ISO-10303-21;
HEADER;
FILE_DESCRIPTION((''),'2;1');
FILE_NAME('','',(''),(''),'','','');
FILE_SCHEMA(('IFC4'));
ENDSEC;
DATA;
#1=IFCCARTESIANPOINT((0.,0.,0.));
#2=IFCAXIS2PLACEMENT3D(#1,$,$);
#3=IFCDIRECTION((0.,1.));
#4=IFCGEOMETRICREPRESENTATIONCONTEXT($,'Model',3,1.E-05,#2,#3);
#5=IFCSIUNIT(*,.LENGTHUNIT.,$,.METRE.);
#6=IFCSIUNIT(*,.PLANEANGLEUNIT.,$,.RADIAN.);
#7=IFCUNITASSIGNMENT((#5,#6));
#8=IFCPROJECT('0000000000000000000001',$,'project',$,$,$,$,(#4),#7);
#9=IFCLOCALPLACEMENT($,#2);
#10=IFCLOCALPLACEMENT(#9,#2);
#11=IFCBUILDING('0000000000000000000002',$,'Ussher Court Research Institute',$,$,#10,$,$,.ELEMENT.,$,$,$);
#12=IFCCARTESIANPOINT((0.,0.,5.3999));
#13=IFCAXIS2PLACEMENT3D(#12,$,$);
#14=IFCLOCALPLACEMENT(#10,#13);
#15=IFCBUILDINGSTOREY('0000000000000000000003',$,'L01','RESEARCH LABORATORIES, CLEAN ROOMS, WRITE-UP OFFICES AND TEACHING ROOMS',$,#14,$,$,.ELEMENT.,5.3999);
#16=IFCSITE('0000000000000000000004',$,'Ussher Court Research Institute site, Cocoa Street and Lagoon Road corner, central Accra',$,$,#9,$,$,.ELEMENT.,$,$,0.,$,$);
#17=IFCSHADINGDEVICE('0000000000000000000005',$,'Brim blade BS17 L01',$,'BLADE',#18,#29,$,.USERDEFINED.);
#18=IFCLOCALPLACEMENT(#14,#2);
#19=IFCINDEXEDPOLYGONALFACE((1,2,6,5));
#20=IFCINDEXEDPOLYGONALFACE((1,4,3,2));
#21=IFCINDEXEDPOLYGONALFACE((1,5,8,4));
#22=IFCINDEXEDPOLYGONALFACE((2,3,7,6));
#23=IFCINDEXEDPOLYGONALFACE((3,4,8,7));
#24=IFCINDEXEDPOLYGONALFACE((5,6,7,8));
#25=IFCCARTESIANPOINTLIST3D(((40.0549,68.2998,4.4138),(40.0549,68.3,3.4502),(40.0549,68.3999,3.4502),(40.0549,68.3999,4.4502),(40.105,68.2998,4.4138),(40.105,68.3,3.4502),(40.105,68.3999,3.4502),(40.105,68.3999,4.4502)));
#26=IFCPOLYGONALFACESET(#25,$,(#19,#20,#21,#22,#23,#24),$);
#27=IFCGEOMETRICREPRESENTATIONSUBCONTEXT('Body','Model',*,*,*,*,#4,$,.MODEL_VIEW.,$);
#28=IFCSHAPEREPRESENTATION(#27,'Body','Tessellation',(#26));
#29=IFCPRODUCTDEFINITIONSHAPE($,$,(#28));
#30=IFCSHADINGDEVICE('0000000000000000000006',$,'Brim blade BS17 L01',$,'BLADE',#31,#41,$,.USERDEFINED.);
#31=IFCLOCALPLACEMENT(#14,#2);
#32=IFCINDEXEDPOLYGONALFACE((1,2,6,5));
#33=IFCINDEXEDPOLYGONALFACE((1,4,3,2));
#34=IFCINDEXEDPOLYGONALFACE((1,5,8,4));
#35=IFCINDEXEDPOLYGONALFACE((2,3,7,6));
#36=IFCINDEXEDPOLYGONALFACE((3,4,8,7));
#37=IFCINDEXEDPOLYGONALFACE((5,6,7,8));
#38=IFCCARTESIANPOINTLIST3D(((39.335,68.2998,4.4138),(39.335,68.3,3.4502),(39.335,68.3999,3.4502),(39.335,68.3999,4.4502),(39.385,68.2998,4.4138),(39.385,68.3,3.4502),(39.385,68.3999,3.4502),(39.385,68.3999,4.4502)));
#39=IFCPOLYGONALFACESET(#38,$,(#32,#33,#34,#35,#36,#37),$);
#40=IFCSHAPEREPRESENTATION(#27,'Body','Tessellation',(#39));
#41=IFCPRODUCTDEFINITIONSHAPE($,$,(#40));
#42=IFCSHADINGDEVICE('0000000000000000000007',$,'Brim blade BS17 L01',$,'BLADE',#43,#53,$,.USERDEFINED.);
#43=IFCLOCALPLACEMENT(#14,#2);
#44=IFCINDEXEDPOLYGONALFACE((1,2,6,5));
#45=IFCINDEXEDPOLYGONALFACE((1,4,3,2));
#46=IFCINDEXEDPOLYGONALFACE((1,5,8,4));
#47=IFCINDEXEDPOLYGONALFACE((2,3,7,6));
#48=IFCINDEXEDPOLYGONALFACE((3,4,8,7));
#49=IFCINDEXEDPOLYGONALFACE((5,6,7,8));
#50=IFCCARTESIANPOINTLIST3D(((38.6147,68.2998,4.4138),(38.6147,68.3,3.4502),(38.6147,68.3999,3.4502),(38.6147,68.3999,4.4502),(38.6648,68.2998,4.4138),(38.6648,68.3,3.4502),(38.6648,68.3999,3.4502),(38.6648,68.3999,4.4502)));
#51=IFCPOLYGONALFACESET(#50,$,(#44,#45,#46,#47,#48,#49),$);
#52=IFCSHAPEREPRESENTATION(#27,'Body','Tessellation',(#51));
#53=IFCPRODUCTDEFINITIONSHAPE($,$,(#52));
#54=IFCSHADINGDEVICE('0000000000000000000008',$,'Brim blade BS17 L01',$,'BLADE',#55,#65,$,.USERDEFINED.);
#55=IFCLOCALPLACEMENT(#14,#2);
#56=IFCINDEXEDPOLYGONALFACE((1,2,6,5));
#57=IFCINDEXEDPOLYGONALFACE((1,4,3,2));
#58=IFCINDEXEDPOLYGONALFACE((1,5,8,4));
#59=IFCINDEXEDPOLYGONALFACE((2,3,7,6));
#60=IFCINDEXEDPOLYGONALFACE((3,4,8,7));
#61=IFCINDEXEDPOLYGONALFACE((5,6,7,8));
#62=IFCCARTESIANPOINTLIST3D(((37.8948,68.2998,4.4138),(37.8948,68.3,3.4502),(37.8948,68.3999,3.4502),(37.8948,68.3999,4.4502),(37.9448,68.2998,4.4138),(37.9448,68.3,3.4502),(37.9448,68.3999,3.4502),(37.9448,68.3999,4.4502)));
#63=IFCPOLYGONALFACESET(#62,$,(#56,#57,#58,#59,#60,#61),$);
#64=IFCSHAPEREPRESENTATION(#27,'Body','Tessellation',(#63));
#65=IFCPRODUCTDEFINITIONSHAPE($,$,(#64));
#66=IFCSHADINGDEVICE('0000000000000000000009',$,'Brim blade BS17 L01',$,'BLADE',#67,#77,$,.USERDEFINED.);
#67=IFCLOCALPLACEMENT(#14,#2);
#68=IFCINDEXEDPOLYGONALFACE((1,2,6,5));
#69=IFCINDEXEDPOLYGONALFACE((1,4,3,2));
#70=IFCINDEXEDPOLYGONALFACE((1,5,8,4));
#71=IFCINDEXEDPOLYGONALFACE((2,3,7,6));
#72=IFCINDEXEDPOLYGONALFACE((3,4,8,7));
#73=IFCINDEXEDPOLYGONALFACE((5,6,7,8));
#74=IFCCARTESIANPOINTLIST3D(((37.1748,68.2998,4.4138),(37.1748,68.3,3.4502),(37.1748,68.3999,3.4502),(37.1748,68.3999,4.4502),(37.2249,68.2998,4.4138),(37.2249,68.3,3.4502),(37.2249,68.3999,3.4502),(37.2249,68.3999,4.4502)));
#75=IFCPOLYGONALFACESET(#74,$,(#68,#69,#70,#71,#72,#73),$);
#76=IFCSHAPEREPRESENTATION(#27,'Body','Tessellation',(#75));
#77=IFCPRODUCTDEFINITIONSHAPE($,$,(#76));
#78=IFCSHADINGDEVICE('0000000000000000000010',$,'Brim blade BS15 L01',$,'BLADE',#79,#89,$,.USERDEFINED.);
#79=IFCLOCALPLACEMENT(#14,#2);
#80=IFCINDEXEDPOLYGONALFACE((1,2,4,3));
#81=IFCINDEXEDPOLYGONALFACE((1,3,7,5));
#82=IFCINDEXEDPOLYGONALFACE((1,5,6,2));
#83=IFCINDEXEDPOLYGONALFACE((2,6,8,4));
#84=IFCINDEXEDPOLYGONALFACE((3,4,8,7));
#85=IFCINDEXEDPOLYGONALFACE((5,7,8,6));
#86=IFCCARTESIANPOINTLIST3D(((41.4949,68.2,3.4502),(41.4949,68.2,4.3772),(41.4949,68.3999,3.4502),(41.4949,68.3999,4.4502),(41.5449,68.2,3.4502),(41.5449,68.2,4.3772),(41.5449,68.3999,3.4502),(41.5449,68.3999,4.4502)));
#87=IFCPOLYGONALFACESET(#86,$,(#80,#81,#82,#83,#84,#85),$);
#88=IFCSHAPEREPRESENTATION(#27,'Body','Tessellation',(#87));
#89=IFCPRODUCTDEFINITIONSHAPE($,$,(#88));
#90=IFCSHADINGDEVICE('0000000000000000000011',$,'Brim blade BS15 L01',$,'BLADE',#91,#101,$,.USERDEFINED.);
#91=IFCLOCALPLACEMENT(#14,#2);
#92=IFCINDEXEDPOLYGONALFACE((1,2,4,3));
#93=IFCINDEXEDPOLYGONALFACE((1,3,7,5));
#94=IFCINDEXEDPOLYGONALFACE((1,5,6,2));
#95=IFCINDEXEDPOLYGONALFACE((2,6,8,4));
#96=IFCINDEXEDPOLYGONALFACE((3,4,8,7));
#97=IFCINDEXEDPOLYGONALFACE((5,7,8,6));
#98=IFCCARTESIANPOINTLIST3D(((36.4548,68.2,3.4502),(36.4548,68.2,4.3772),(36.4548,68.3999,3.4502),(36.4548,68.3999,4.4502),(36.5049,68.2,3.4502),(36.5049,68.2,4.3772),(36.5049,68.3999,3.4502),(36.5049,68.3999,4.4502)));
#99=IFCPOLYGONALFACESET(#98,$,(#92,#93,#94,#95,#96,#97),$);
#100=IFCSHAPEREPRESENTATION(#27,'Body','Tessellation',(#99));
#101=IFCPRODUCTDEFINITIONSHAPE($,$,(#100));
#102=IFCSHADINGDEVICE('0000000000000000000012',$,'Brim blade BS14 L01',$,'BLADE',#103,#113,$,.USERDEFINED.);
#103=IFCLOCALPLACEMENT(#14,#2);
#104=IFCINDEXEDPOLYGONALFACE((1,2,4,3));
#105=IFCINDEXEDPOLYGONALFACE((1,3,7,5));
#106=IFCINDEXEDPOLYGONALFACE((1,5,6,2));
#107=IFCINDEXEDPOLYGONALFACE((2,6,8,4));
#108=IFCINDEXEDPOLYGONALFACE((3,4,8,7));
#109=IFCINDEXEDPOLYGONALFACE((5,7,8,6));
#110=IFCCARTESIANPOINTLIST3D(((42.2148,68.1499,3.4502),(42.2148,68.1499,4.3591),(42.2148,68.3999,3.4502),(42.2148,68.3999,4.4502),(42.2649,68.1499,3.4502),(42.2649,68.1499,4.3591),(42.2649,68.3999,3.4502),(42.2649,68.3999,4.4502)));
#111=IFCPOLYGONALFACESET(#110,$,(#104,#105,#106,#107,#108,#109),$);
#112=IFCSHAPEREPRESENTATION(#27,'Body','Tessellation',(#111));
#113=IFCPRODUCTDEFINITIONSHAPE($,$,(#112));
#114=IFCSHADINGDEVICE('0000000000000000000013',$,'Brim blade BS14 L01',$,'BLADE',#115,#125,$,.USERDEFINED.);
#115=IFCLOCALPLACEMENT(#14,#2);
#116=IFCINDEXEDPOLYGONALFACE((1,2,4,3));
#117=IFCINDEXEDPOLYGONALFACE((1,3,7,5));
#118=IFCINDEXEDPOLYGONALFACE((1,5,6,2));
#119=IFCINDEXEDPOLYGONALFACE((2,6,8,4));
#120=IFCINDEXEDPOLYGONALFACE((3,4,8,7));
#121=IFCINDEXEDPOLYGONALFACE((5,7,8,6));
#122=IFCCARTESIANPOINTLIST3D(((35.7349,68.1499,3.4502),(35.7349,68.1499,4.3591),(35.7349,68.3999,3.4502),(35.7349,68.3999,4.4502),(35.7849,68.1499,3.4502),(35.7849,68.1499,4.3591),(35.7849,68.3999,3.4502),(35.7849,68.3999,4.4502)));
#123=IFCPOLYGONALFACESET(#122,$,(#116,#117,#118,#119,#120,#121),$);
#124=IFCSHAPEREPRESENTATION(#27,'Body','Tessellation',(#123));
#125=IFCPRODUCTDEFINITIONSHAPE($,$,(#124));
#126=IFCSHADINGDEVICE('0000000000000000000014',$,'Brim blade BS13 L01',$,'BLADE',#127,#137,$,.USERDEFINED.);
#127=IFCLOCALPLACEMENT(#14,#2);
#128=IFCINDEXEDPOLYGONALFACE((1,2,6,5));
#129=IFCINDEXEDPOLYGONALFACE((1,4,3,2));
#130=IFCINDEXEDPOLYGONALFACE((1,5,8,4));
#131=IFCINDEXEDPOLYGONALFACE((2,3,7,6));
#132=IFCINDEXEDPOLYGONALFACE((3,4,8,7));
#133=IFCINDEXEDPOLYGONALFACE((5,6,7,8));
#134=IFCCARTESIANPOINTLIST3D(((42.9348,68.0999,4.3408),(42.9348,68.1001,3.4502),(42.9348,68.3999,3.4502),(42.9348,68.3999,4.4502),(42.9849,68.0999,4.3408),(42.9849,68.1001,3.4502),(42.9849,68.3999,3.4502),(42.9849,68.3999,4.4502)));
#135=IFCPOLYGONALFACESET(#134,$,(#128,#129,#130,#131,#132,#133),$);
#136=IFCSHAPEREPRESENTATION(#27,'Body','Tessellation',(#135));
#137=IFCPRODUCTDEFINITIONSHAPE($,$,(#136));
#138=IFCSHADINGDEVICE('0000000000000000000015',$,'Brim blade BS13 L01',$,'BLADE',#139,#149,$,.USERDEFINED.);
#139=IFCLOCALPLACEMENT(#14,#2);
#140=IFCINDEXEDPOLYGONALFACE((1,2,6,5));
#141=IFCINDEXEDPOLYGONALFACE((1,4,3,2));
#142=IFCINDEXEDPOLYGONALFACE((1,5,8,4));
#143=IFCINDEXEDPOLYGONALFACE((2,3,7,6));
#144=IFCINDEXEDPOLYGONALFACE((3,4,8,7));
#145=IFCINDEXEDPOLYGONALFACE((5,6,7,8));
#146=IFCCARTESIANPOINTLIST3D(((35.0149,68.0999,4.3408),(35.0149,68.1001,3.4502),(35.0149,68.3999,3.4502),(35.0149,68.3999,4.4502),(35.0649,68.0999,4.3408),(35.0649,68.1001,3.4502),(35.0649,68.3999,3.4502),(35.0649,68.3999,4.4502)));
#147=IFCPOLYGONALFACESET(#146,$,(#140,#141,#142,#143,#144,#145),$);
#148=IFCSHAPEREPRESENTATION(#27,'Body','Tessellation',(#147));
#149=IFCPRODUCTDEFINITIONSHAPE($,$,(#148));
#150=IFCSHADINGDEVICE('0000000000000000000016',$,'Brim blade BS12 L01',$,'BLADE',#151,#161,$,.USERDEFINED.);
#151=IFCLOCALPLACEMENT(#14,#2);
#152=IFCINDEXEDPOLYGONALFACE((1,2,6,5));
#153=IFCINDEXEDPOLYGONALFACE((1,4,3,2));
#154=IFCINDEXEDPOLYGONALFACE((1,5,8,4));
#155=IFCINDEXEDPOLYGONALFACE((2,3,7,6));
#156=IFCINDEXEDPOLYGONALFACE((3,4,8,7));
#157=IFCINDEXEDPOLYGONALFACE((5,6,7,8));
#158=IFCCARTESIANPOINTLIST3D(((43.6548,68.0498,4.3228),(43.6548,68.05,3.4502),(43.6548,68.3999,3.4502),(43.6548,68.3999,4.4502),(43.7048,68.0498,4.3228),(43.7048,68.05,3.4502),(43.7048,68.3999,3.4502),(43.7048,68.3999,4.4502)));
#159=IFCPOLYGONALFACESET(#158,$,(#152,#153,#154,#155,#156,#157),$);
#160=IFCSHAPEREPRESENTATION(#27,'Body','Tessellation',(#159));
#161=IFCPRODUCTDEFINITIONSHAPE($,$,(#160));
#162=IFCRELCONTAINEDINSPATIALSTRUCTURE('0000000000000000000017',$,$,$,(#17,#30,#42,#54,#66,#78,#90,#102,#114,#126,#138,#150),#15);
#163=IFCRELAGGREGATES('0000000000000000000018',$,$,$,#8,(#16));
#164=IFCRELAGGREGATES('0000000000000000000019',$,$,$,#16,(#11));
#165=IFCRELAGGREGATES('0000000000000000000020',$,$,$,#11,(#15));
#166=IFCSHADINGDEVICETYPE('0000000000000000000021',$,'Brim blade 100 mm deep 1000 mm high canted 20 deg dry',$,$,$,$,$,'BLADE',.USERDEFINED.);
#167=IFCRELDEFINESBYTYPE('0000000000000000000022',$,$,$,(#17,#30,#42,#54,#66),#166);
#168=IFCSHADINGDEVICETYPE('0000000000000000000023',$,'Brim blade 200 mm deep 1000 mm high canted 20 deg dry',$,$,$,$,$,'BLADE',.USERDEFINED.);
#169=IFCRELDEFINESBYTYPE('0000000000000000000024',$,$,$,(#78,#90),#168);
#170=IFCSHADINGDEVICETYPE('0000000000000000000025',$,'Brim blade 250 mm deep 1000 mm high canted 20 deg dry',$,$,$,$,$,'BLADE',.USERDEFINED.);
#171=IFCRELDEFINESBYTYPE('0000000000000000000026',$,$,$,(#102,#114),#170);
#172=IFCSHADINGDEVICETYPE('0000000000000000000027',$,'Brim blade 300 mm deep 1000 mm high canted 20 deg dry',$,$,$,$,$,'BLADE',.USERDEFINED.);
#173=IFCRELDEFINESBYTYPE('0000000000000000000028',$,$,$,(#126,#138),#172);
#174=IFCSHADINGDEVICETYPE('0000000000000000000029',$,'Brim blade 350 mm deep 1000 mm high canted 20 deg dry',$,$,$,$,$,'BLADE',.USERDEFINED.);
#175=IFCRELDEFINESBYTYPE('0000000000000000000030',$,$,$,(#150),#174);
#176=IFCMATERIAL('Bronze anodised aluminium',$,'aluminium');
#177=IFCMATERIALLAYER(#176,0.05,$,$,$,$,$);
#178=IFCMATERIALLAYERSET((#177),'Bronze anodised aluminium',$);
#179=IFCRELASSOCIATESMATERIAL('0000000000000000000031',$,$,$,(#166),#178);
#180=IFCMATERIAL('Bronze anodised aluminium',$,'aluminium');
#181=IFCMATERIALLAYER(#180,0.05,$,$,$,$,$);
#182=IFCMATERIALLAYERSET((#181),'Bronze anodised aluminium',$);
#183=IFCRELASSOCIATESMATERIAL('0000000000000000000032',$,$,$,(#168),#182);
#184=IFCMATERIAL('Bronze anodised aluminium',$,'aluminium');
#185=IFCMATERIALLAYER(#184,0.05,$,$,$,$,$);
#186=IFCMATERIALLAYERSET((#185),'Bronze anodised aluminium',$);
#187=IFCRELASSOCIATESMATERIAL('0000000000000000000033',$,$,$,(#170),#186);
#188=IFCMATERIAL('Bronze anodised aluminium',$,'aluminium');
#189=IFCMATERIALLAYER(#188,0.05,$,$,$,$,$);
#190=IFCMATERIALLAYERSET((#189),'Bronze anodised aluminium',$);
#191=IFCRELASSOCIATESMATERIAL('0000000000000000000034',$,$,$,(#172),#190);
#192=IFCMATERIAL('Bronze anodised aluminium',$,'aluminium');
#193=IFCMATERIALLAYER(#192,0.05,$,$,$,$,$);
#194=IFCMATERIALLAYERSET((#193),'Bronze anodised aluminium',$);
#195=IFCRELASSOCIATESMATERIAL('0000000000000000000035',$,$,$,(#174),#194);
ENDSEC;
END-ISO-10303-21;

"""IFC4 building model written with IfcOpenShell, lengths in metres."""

from ifc_helpers import new_model, si_unit, direction, frame, origin, place, context, subcontext, project, spatial, polyline, outline, extrude, material, layer, layer_set, type_object, element, save


model = new_model("IFC4")

# Units and contexts
model_context = context("Model", 3, precision=1e-05, world=origin(), true_north=direction((0.0, 1.0)))
body_context = subcontext(model_context, "Body", "Model", "MODEL_VIEW")
ifc_project = project(units=[si_unit("LENGTHUNIT", "METRE"), si_unit("PLANEANGLEUNIT", "RADIAN")], contexts=[model_context])

# Site, building, storey
site_placement = place(None, origin())
site = spatial("IfcSite", under=ifc_project, at=site_placement, Name="Ussher Court Research Institute site, Cocoa Street and Lagoon Road corner, central Accra", CompositionType="ELEMENT", RefElevation=0.0)
building_placement = place(site_placement, origin())
building = spatial("IfcBuilding", under=site, at=building_placement, Name="Ussher Court Research Institute", CompositionType="ELEMENT")
storey_placement = place(building_placement, frame((0.0, 0.0, 5.3999)))
storey = spatial("IfcBuildingStorey", under=building, at=storey_placement, Name="L01", Description="RESEARCH LABORATORIES, CLEAN ROOMS, WRITE-UP OFFICES AND TEACHING ROOMS", CompositionType="ELEMENT", Elevation=5.3999)

# Shading devices
ifc_material_1 = material(Name="Bronze anodised aluminium", Category="aluminium")
ifc_layer_1 = layer(ifc_material_1, 0.05)
ifc_layer_set_1 = layer_set([ifc_layer_1], Name="Bronze anodised aluminium")
shading_device_type_1 = type_object("IfcShadingDeviceType", Name="Brim blade 100 mm deep 1000 mm high canted 20 deg dry", ElementType="BLADE", PredefinedType="USERDEFINED", material=ifc_layer_set_1)
for number, where, z_axis, x_axis, name in (
    (1, (40.0801, 68.3999, 3.4502), (0.0, 0.0, 1.0), (0.0, -1.0, 0.0), "Brim blade BS17 L01"),
    (2, (39.3601, 68.3999, 3.4502), (0.0, 0.0, 1.0), (0.0, -1.0, 0.0), "Brim blade BS17 L01"),
    (3, (38.6399, 68.3999, 3.4502), (0.0, 0.0, 1.0), (0.0, -1.0, 0.0), "Brim blade BS17 L01"),
    (4, (37.9199, 68.3999, 3.4502), (0.0, 0.0, 1.0), (0.0, -1.0, 0.0), "Brim blade BS17 L01"),
    (5, (37.2, 68.3999, 3.4502), (0.0, 0.0, 1.0), (0.0, -1.0, 0.0), "Brim blade BS17 L01"),
):
    element("IfcShadingDevice", number, at=place(storey_placement, frame(where, z_axis=z_axis, x_axis=x_axis)), inside=storey, type_object=shading_device_type_1, Name=name, ObjectType="BLADE", PredefinedType="USERDEFINED", context=body_context, shape_type="SweptSolid", body=[
        extrude(outline(polyline([(0.0, 0.0), (0.0999, 0.0), (0.1001, 0.9636), (0.0, 1.0), (0.0, 0.0)])), frame((0.0, 0.0249, 0.0), z_axis=(0.0, -1.0, 0.0), x_axis=(1.0, 0.0, 0.0)), (0.0, 0.0, 1.0), 0.05),
    ])
ifc_material_2 = material(Name="Bronze anodised aluminium", Category="aluminium")
ifc_layer_2 = layer(ifc_material_2, 0.05)
ifc_layer_set_2 = layer_set([ifc_layer_2], Name="Bronze anodised aluminium")
shading_device_type_2 = type_object("IfcShadingDeviceType", Name="Brim blade 200 mm deep 1000 mm high canted 20 deg dry", ElementType="BLADE", PredefinedType="USERDEFINED", material=ifc_layer_set_2)
for number, where, z_axis, x_axis, name in (
    (6, (41.52, 68.3999, 3.4502), (0.0, 0.0, 1.0), (0.0, -1.0, 0.0), "Brim blade BS15 L01"),
    (7, (36.48, 68.3999, 3.4502), (0.0, 0.0, 1.0), (0.0, -1.0, 0.0), "Brim blade BS15 L01"),
):
    element("IfcShadingDevice", number, at=place(storey_placement, frame(where, z_axis=z_axis, x_axis=x_axis)), inside=storey, type_object=shading_device_type_2, Name=name, ObjectType="BLADE", PredefinedType="USERDEFINED", context=body_context, shape_type="SweptSolid", body=[
        extrude(outline(polyline([(0.0, 0.0), (0.2, 0.0), (0.2, 0.927), (0.0, 1.0), (0.0, 0.0)])), frame((0.0, 0.0249, 0.0), z_axis=(0.0, -1.0, 0.0), x_axis=(1.0, 0.0, 0.0)), (0.0, 0.0, 1.0), 0.05),
    ])
ifc_material_3 = material(Name="Bronze anodised aluminium", Category="aluminium")
ifc_layer_3 = layer(ifc_material_3, 0.05)
ifc_layer_set_3 = layer_set([ifc_layer_3], Name="Bronze anodised aluminium")
shading_device_type_3 = type_object("IfcShadingDeviceType", Name="Brim blade 250 mm deep 1000 mm high canted 20 deg dry", ElementType="BLADE", PredefinedType="USERDEFINED", material=ifc_layer_set_3)
for number, where, z_axis, x_axis, name in (
    (8, (42.24, 68.3999, 3.4502), (0.0, 0.0, 1.0), (0.0, -1.0, 0.0), "Brim blade BS14 L01"),
    (9, (35.76, 68.3999, 3.4502), (0.0, 0.0, 1.0), (0.0, -1.0, 0.0), "Brim blade BS14 L01"),
):
    element("IfcShadingDevice", number, at=place(storey_placement, frame(where, z_axis=z_axis, x_axis=x_axis)), inside=storey, type_object=shading_device_type_3, Name=name, ObjectType="BLADE", PredefinedType="USERDEFINED", context=body_context, shape_type="SweptSolid", body=[
        extrude(outline(polyline([(0.0, 0.0), (0.25, 0.0), (0.25, 0.9089), (0.0, 1.0), (0.0, 0.0)])), frame((0.0, 0.0249, 0.0), z_axis=(0.0, -1.0, 0.0), x_axis=(1.0, 0.0, 0.0)), (0.0, 0.0, 1.0), 0.05),
    ])
ifc_material_4 = material(Name="Bronze anodised aluminium", Category="aluminium")
ifc_layer_4 = layer(ifc_material_4, 0.05)
ifc_layer_set_4 = layer_set([ifc_layer_4], Name="Bronze anodised aluminium")
shading_device_type_4 = type_object("IfcShadingDeviceType", Name="Brim blade 300 mm deep 1000 mm high canted 20 deg dry", ElementType="BLADE", PredefinedType="USERDEFINED", material=ifc_layer_set_4)
for number, where, z_axis, x_axis, name in (
    (10, (42.96, 68.3999, 3.4502), (0.0, 0.0, 1.0), (0.0, -1.0, 0.0), "Brim blade BS13 L01"),
    (11, (35.04, 68.3999, 3.4502), (0.0, 0.0, 1.0), (0.0, -1.0, 0.0), "Brim blade BS13 L01"),
):
    element("IfcShadingDevice", number, at=place(storey_placement, frame(where, z_axis=z_axis, x_axis=x_axis)), inside=storey, type_object=shading_device_type_4, Name=name, ObjectType="BLADE", PredefinedType="USERDEFINED", context=body_context, shape_type="SweptSolid", body=[
        extrude(outline(polyline([(0.0, 0.0), (0.2998, 0.0), (0.3, 0.8906), (0.0, 1.0), (0.0, 0.0)])), frame((0.0, 0.0249, 0.0), z_axis=(0.0, -1.0, 0.0), x_axis=(1.0, 0.0, 0.0)), (0.0, 0.0, 1.0), 0.05),
    ])
ifc_material_5 = material(Name="Bronze anodised aluminium", Category="aluminium")
ifc_layer_5 = layer(ifc_material_5, 0.05)
ifc_layer_set_5 = layer_set([ifc_layer_5], Name="Bronze anodised aluminium")
shading_device_type_5 = type_object("IfcShadingDeviceType", Name="Brim blade 350 mm deep 1000 mm high canted 20 deg dry", ElementType="BLADE", PredefinedType="USERDEFINED", material=ifc_layer_set_5)
shading_device_1_placement = place(storey_placement, frame((43.6799, 68.3999, 3.4502), z_axis=(0.0, 0.0, 1.0), x_axis=(0.0, -1.0, 0.0)))
element("IfcShadingDevice", 12, at=shading_device_1_placement, inside=storey, type_object=shading_device_type_5, Name="Brim blade BS12 L01", ObjectType="BLADE", PredefinedType="USERDEFINED", context=body_context, shape_type="SweptSolid", body=[
    extrude(outline(polyline([(0.0, 0.0), (0.3499, 0.0), (0.3501, 0.8726), (0.0, 1.0), (0.0, 0.0)])), frame((0.0, 0.0249, 0.0), z_axis=(0.0, -1.0, 0.0), x_axis=(1.0, 0.0, 0.0)), (0.0, 0.0, 1.0), 0.05),
])

save(model, "model.ifc")
